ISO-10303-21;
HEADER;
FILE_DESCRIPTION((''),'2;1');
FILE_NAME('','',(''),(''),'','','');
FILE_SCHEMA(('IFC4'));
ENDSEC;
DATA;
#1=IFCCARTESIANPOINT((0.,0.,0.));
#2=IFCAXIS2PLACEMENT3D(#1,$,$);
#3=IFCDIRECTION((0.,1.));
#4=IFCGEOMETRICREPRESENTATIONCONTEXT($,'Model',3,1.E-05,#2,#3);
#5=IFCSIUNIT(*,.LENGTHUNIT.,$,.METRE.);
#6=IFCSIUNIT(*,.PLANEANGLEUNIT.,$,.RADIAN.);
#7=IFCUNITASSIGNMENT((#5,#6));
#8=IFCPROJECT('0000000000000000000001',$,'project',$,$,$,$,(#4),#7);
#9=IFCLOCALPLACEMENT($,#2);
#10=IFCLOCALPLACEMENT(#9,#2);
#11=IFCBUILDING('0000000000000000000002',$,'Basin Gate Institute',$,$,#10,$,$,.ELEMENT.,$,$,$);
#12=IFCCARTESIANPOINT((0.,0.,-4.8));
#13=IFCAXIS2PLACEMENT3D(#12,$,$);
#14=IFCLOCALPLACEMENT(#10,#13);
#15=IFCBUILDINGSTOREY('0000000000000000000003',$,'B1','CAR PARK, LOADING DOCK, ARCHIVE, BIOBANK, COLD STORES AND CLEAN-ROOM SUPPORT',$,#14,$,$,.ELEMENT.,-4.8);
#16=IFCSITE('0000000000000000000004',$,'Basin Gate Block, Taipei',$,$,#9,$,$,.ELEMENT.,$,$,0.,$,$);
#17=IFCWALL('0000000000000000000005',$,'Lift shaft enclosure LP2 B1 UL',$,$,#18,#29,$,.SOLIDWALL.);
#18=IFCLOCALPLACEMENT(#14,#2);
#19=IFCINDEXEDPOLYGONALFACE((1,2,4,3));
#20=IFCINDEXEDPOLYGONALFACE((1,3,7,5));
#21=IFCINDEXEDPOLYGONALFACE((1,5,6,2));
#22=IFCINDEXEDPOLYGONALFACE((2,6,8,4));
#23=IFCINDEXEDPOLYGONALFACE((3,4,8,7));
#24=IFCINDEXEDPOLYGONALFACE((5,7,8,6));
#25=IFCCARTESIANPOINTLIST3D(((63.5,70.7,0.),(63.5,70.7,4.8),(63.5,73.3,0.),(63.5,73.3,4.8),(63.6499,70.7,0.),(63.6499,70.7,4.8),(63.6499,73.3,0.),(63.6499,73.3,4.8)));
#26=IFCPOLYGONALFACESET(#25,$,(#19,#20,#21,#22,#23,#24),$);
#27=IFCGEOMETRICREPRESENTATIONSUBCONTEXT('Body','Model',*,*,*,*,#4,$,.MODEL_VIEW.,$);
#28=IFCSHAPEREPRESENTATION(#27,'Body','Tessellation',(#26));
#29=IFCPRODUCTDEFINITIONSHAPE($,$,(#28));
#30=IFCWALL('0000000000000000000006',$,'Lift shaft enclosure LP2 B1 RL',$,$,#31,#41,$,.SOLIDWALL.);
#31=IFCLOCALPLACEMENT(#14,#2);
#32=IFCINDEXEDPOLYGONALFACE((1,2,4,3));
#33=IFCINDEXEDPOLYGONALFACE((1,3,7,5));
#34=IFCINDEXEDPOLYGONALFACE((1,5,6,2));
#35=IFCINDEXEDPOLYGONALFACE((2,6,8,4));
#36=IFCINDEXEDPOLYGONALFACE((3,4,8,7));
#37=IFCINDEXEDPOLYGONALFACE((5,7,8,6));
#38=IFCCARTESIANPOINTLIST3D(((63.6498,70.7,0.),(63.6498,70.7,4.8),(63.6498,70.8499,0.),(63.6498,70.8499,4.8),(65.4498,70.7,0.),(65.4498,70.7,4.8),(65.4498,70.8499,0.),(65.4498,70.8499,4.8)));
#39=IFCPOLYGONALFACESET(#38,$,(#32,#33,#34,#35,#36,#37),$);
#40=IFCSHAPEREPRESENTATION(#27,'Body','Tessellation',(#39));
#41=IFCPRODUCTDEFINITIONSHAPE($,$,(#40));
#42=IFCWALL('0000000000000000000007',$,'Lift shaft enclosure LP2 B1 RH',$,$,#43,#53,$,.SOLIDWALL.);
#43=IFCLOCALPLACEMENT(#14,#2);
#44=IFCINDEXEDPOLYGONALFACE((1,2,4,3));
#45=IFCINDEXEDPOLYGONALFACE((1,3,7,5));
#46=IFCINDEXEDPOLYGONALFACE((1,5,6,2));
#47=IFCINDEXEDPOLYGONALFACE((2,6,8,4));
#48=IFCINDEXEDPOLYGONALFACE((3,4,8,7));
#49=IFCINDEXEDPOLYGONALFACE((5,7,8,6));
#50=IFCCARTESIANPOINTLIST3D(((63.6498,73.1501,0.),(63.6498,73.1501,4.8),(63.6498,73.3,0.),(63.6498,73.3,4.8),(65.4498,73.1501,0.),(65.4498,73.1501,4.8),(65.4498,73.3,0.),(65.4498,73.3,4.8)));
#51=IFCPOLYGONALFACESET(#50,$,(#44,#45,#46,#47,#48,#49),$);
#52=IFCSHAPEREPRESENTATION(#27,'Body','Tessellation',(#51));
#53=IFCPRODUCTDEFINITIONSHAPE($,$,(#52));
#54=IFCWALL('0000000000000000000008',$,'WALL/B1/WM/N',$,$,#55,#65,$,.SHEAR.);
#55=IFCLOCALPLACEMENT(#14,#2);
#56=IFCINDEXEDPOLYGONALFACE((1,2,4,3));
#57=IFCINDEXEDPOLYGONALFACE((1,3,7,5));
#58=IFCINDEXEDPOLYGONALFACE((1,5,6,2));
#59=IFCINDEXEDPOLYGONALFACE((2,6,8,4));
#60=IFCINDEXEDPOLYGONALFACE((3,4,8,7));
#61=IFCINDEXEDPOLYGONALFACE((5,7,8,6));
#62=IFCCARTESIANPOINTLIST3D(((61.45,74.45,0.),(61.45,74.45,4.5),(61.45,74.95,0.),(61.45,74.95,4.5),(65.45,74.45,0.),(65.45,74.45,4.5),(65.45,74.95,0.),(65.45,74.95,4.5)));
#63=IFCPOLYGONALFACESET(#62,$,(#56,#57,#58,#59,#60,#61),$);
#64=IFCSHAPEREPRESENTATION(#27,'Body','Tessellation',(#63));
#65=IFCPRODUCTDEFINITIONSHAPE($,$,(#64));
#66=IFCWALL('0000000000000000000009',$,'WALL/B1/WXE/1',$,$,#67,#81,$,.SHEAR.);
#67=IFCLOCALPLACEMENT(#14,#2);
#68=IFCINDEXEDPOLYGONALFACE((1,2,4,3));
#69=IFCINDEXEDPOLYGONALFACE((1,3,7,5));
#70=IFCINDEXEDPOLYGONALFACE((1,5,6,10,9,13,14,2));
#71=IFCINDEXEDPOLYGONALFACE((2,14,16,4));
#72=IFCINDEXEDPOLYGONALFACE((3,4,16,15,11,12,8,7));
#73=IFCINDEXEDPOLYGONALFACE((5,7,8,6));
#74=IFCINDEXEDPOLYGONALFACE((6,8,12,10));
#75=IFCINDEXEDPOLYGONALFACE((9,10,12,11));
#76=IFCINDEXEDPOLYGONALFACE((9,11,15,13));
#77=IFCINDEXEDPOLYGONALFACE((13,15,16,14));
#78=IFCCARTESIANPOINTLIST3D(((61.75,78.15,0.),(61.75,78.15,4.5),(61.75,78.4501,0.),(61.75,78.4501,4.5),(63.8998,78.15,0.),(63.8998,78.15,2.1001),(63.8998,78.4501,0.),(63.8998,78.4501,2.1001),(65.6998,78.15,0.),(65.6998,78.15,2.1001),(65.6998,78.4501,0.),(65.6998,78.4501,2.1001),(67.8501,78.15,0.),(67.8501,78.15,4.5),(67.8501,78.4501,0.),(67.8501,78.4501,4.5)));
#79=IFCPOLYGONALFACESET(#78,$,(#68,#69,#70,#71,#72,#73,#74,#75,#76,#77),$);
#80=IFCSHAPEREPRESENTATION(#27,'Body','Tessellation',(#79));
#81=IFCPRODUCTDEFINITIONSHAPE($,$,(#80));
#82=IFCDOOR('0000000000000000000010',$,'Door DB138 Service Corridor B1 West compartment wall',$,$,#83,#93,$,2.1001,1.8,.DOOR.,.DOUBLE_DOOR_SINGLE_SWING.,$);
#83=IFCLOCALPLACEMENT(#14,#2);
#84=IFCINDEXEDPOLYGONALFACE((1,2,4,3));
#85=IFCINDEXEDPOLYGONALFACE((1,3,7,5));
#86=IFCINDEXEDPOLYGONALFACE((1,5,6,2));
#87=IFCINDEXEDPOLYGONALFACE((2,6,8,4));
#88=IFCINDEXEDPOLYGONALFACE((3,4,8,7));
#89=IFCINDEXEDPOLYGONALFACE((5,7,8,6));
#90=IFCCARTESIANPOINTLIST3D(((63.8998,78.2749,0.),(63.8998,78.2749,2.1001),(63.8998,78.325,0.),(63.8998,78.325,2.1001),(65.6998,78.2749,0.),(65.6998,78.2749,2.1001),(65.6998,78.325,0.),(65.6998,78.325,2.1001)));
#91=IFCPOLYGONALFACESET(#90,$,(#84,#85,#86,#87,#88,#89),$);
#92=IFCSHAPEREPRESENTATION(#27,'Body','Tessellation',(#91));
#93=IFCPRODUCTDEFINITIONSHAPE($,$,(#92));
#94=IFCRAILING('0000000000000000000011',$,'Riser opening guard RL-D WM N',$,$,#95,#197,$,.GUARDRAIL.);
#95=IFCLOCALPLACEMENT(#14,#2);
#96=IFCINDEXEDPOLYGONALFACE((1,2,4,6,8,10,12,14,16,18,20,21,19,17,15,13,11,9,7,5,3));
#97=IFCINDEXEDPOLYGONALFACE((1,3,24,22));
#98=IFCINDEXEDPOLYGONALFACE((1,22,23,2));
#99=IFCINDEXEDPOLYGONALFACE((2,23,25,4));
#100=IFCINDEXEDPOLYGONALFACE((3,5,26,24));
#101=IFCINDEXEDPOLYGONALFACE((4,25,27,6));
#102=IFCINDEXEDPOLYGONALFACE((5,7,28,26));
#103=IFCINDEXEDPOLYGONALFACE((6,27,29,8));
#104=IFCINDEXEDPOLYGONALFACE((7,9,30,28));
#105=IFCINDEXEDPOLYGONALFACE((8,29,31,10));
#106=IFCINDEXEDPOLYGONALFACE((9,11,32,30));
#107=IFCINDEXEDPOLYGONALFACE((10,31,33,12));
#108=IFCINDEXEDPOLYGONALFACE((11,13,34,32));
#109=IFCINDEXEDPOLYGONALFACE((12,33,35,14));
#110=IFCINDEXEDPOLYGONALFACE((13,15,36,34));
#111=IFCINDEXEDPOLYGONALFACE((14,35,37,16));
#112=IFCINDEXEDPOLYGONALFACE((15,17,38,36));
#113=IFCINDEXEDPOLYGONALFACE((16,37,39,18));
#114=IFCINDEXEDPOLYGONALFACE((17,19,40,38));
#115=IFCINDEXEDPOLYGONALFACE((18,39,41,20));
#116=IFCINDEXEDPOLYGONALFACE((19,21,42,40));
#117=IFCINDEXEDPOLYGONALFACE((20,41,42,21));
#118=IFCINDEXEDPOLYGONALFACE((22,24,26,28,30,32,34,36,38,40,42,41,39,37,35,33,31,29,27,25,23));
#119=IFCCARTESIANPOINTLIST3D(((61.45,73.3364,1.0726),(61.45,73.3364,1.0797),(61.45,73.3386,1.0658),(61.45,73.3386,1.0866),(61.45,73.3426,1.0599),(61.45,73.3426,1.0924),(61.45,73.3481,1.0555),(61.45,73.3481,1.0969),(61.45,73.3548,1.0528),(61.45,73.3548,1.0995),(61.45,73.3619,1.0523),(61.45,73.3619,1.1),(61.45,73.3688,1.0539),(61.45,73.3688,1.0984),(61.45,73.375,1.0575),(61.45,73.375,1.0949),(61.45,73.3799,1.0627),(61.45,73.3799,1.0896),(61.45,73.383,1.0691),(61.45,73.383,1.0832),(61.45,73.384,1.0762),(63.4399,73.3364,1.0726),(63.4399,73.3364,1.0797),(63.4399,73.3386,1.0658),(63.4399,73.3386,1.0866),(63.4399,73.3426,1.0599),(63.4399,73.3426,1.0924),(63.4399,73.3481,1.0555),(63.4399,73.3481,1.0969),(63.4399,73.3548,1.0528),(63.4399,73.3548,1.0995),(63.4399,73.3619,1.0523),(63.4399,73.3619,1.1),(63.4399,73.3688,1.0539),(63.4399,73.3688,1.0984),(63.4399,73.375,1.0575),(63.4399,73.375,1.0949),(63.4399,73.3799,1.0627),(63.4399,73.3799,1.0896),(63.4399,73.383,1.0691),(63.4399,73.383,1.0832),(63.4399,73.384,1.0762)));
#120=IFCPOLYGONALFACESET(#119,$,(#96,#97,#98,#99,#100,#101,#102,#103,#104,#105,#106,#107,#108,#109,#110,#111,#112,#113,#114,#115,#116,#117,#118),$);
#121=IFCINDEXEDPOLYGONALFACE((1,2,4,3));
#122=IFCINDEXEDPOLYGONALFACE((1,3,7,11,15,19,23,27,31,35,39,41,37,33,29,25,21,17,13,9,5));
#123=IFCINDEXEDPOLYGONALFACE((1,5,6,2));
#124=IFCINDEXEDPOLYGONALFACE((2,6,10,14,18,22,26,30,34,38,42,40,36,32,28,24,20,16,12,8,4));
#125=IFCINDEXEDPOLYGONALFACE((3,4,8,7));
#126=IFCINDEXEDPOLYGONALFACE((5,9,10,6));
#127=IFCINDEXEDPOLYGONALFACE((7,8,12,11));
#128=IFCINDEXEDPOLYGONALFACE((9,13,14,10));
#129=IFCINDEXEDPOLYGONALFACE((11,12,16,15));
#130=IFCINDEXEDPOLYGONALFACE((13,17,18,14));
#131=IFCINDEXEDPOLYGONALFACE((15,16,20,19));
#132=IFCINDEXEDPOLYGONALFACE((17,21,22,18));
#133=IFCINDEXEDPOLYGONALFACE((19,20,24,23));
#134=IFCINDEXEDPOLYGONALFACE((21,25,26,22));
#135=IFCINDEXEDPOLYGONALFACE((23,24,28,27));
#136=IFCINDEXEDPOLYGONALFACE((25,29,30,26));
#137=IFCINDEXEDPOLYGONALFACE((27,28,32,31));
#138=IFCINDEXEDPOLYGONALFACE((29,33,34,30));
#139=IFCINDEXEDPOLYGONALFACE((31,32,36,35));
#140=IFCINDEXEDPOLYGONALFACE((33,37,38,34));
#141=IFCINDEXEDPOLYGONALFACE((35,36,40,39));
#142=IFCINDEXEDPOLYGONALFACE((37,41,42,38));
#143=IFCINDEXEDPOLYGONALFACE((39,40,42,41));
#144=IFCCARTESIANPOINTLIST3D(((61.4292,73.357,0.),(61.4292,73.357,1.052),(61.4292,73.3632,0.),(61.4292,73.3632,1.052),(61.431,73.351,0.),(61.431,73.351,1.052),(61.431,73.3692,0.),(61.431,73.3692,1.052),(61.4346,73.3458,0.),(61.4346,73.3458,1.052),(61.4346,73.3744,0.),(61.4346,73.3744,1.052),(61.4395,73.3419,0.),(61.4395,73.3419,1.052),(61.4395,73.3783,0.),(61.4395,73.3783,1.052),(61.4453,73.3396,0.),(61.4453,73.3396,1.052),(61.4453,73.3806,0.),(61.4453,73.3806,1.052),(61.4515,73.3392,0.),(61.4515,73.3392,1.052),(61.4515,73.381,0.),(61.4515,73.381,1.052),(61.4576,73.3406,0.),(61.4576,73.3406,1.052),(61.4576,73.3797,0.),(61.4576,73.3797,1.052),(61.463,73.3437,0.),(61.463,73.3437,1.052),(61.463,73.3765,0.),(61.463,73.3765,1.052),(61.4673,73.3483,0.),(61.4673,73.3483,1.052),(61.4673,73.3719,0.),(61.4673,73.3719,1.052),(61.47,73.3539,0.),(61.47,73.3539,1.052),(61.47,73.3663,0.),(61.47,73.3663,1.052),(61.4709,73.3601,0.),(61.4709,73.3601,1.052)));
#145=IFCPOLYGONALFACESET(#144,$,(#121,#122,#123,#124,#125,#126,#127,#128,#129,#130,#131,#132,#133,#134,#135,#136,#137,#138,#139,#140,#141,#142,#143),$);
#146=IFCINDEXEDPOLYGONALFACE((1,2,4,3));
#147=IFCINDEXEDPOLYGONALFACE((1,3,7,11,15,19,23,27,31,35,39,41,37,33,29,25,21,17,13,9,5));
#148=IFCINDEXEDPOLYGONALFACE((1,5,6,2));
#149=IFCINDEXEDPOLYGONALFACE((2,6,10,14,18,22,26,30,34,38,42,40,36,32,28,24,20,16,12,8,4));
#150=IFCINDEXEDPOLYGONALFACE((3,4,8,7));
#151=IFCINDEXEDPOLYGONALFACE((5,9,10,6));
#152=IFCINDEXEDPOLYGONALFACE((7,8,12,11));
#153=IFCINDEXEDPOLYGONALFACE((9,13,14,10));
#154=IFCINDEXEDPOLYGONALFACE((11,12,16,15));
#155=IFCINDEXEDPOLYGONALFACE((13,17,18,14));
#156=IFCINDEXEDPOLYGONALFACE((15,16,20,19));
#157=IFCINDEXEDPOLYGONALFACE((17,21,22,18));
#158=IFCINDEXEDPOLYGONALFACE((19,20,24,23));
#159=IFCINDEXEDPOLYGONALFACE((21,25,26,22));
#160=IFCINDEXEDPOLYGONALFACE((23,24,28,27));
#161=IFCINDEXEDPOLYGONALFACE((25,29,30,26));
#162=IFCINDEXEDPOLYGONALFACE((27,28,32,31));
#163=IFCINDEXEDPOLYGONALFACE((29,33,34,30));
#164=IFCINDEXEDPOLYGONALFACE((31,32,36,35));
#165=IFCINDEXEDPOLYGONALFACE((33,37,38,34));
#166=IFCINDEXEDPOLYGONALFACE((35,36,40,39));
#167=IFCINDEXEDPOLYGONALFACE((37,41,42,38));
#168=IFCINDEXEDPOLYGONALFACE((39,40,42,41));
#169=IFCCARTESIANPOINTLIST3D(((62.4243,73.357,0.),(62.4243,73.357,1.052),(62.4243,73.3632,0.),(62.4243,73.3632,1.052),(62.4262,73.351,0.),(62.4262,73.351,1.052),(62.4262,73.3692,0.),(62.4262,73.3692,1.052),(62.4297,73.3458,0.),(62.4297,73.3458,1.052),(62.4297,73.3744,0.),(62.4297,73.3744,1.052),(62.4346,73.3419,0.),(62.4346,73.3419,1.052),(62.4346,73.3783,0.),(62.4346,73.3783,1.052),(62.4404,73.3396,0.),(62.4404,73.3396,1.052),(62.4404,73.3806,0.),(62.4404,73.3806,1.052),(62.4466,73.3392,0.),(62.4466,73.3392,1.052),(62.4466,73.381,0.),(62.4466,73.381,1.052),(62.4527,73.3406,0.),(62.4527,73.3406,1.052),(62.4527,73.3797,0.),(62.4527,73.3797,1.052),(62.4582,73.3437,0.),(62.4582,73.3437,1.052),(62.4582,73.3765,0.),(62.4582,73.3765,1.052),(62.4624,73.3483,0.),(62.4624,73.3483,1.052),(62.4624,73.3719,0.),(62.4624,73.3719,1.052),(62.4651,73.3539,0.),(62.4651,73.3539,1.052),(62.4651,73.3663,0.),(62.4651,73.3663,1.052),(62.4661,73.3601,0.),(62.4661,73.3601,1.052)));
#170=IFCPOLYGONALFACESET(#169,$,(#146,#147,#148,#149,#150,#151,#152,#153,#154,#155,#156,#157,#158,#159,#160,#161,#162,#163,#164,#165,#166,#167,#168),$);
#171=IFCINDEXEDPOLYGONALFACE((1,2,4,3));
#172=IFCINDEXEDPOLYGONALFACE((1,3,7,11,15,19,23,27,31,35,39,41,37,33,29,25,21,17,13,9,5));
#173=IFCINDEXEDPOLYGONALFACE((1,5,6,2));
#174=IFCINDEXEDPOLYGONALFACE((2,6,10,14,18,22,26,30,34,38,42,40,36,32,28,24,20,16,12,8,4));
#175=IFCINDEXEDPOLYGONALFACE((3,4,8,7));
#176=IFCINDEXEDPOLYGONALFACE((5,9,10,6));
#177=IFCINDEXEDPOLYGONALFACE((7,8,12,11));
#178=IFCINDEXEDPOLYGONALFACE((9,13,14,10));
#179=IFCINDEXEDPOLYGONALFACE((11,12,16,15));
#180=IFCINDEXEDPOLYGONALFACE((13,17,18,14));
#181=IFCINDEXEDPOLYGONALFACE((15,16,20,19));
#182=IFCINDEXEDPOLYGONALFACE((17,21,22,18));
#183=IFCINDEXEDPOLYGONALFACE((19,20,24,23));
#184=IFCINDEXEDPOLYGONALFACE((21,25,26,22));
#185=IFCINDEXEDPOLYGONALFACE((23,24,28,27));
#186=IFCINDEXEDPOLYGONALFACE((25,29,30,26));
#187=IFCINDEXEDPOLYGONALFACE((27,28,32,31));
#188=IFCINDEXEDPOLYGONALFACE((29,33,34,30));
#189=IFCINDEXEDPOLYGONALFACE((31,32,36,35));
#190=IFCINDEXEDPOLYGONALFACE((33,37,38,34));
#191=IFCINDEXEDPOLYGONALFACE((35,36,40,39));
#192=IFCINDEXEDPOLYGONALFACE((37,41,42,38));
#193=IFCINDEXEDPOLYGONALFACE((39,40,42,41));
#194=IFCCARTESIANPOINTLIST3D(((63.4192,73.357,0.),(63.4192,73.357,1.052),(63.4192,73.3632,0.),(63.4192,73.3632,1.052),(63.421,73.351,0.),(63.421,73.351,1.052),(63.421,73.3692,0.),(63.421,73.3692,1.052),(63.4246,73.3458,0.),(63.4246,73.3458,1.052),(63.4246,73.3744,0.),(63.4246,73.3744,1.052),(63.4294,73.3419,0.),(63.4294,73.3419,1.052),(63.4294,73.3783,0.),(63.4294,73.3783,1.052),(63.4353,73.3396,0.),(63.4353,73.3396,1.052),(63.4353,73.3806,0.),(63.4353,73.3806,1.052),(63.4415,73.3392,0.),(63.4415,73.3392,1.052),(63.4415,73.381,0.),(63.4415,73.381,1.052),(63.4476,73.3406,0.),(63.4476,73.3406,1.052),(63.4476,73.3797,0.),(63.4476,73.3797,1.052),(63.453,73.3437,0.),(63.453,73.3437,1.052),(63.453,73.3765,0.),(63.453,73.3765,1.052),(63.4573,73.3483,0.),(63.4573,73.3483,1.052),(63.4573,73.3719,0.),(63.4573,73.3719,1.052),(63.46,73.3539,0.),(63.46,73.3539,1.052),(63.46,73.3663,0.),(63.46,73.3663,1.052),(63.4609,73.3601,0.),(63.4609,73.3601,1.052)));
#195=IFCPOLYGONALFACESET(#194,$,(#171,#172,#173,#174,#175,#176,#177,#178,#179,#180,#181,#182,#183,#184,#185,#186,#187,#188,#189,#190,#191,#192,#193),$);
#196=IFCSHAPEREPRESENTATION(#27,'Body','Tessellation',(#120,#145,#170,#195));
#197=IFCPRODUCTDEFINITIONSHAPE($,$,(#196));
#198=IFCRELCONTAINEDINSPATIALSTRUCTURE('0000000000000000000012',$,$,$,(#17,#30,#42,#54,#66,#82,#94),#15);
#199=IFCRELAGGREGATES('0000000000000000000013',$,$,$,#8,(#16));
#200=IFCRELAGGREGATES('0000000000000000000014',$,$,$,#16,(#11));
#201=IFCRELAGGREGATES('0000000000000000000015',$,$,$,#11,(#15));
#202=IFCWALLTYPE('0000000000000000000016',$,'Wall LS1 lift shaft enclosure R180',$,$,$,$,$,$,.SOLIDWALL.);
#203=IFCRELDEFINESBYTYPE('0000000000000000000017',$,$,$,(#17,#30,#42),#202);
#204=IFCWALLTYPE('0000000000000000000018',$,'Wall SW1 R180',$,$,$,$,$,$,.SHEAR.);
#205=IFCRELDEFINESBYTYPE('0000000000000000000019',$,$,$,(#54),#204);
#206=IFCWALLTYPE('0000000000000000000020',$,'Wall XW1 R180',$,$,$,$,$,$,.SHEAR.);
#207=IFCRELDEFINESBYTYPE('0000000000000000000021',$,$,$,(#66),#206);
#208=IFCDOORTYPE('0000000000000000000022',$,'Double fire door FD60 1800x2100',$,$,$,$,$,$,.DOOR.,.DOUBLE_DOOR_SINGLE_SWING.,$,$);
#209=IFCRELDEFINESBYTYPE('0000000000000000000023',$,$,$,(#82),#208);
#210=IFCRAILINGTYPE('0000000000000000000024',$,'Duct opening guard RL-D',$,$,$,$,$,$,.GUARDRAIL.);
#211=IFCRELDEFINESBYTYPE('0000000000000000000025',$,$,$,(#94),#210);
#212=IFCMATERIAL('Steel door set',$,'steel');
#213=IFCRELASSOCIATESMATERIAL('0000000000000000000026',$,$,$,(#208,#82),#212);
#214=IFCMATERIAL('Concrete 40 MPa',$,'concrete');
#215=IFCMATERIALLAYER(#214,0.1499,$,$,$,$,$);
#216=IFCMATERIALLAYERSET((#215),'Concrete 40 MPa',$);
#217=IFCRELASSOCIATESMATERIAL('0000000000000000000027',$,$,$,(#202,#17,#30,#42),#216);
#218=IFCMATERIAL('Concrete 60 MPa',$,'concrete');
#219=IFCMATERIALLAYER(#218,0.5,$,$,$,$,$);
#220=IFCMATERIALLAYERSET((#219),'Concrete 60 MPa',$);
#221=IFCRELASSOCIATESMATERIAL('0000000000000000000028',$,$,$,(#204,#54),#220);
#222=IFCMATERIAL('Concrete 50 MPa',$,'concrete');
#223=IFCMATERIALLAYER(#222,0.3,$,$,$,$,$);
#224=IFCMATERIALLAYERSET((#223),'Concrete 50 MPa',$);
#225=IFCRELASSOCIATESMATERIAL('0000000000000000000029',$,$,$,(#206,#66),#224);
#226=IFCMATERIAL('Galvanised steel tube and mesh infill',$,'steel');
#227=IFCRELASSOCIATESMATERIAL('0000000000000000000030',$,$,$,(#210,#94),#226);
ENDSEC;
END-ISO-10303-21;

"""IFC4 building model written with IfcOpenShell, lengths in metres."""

from ifc_helpers import new_model, si_unit, direction, frame, frame_2d, origin, origin_2d, place, context, subcontext, project, spatial, rectangle, circle, extrude, material, layer, layer_set, type_object, element, fill, save


model = new_model("IFC4")

# Units and contexts
model_context = context("Model", 3, precision=1e-05, world=origin(), true_north=direction((0.0, 1.0)))
body_context = subcontext(model_context, "Body", "Model", "MODEL_VIEW")
ifc_project = project(units=[si_unit("LENGTHUNIT", "METRE"), si_unit("PLANEANGLEUNIT", "RADIAN")], contexts=[model_context])

# Site, building, storey
site_placement = place(None, origin())
site = spatial("IfcSite", under=ifc_project, at=site_placement, Name="Basin Gate Block, Taipei", CompositionType="ELEMENT", RefElevation=0.0)
building_placement = place(site_placement, origin())
building = spatial("IfcBuilding", under=site, at=building_placement, Name="Basin Gate Institute", CompositionType="ELEMENT")
storey_placement = place(building_placement, frame((0.0, 0.0, -4.8)))
storey = spatial("IfcBuildingStorey", under=building, at=storey_placement, Name="B1", Description="CAR PARK, LOADING DOCK, ARCHIVE, BIOBANK, COLD STORES AND CLEAN-ROOM SUPPORT", CompositionType="ELEMENT", Elevation=-4.8)

# Shared definitions
ifc_material_1 = material(Name="Steel door set", Category="steel")
door_type_1 = type_object("IfcDoorType", Name="Double fire door FD60 1800x2100", OperationType="DOUBLE_DOOR_SINGLE_SWING", PredefinedType="DOOR", material=ifc_material_1)

# Walls
ifc_material_2 = material(Name="Concrete 40 MPa", Category="concrete")
ifc_layer_1 = layer(ifc_material_2, 0.1499)
ifc_layer_set_1 = layer_set([ifc_layer_1], Name="Concrete 40 MPa")
wall_type_1 = type_object("IfcWallType", Name="Wall LS1 lift shaft enclosure R180", PredefinedType="SOLIDWALL", material=ifc_layer_set_1)
wall_1_placement = place(storey_placement, frame((63.575, 70.7, 0.0), z_axis=(0.0, 0.0, 1.0), x_axis=(0.0, 1.0, 0.0)))
element("IfcWall", 1, at=wall_1_placement, inside=storey, type_object=wall_type_1, material=ifc_layer_set_1, Name="Lift shaft enclosure LP2 B1 UL", PredefinedType="SOLIDWALL", context=body_context, shape_type="SweptSolid", body=[
    extrude(rectangle(XDim=2.6001, YDim=0.1499, at=frame_2d((1.3, 0.0))), origin(), (0.0, 0.0, 1.0), 4.8),
])
for number, where, z_axis, x_axis, name in (
    (2, (63.6499, 70.7749, 0.0), (0.0, 0.0, 1.0), (1.0, 0.0, 0.0), "Lift shaft enclosure LP2 B1 RL"),
    (3, (63.6499, 73.2251, 0.0), (0.0, 0.0, 1.0), (1.0, 0.0, 0.0), "Lift shaft enclosure LP2 B1 RH"),
):
    element("IfcWall", number, at=place(storey_placement, frame(where, z_axis=z_axis, x_axis=x_axis)), inside=storey, type_object=wall_type_1, material=ifc_layer_set_1, Name=name, PredefinedType="SOLIDWALL", context=body_context, shape_type="SweptSolid", body=[
        extrude(rectangle(XDim=1.8, YDim=0.1499, at=frame_2d((0.8999, 0.0))), origin(), (0.0, 0.0, 1.0), 4.8),
    ])
ifc_material_3 = material(Name="Concrete 60 MPa", Category="concrete")
ifc_layer_2 = layer(ifc_material_3, 0.5)
ifc_layer_set_2 = layer_set([ifc_layer_2], Name="Concrete 60 MPa")
wall_type_2 = type_object("IfcWallType", Name="Wall SW1 R180", PredefinedType="SHEAR", material=ifc_layer_set_2)
wall_2_placement = place(storey_placement, frame((61.45, 74.7, 0.0), z_axis=(0.0, 0.0, 1.0), x_axis=(1.0, 0.0, 0.0)))
element("IfcWall", 4, at=wall_2_placement, inside=storey, type_object=wall_type_2, material=ifc_layer_set_2, Name="WALL/B1/WM/N", PredefinedType="SHEAR", context=body_context, shape_type="SweptSolid", body=[
    extrude(rectangle(XDim=4.0, YDim=0.5, at=frame_2d((2.0, 0.0))), origin(), (0.0, 0.0, 1.0), 4.5),
])

# Wall, opening, door
ifc_material_4 = material(Name="Concrete 50 MPa", Category="concrete")
ifc_layer_3 = layer(ifc_material_4, 0.3)
ifc_layer_set_3 = layer_set([ifc_layer_3], Name="Concrete 50 MPa")
wall_type_3 = type_object("IfcWallType", Name="Wall XW1 R180", PredefinedType="SHEAR", material=ifc_layer_set_3)
wall_3_placement = place(storey_placement, frame((61.75, 78.3, 0.0), z_axis=(0.0, 0.0, 1.0), x_axis=(1.0, 0.0, 0.0)))
wall_3 = element("IfcWall", 5, at=wall_3_placement, inside=storey, type_object=wall_type_3, material=ifc_layer_set_3, Name="WALL/B1/WXE/1", PredefinedType="SHEAR", context=body_context, shape_type="SweptSolid", body=[
    extrude(rectangle(XDim=6.1001, YDim=0.3, at=frame_2d((3.05, 0.0))), origin(), (0.0, 0.0, 1.0), 4.5),
])
opening_1_placement = place(wall_3_placement, frame((2.1499, 0.0, 0.0)))
opening_1 = element("IfcOpeningElement", 6, at=opening_1_placement, cuts=wall_3, PredefinedType="OPENING", context=body_context, shape_type="SweptSolid", body=[
    extrude(rectangle(XDim=1.8, YDim=2.1001, at=frame_2d((0.8999, 1.05))), frame((0.0, 0.1602, 0.0), z_axis=(0.0, -1.0, 0.0), x_axis=(1.0, 0.0, 0.0)), (0.0, 0.0, 1.0), 0.3201),
])
door_1_placement = place(opening_1_placement, origin())
door_1 = element("IfcDoor", 7, at=door_1_placement, inside=storey, type_object=door_type_1, material=ifc_material_1, Name="Door DB138 Service Corridor B1 West compartment wall", OperationType="DOUBLE_DOOR_SINGLE_SWING", OverallHeight=2.1001, OverallWidth=1.8, PredefinedType="DOOR", context=body_context, shape_type="SweptSolid", body=[
    extrude(rectangle(XDim=1.8, YDim=2.1001, at=frame_2d((0.8999, 1.05))), frame((0.0, 0.0249, 0.0), z_axis=(0.0, -1.0, 0.0), x_axis=(1.0, 0.0, 0.0)), (0.0, 0.0, 1.0), 0.05),
])
fill(opening_1, door_1)

# Railing
ifc_material_5 = material(Name="Galvanised steel tube and mesh infill", Category="steel")
railing_type = type_object("IfcRailingType", Name="Duct opening guard RL-D", PredefinedType="GUARDRAIL", material=ifc_material_5)
railing_1_placement = place(storey_placement, frame((61.45, 73.3601, 0.0)))
element("IfcRailing", 8, at=railing_1_placement, inside=storey, type_object=railing_type, material=ifc_material_5, Name="Riser opening guard RL-D WM N", PredefinedType="GUARDRAIL", context=body_context, shape_type="SweptSolid", body=[
    extrude(circle(Radius=0.0239, at=origin_2d()), frame((0.0, 0.0, 1.0762), z_axis=(1.0, 0.0, 0.0), x_axis=(0.0, 1.0, 0.0)), (0.0, 0.0, 1.0), 1.99),
    extrude(circle(Radius=0.021, at=origin_2d()), origin(), (0.0, 0.0, 1.0), 1.052),
    extrude(circle(Radius=0.021, at=origin_2d()), frame((0.9951, 0.0, 0.0)), (0.0, 0.0, 1.0), 1.052),
    extrude(circle(Radius=0.021, at=origin_2d()), frame((1.99, 0.0, 0.0)), (0.0, 0.0, 1.0), 1.052),
])

save(model, "model.ifc")
